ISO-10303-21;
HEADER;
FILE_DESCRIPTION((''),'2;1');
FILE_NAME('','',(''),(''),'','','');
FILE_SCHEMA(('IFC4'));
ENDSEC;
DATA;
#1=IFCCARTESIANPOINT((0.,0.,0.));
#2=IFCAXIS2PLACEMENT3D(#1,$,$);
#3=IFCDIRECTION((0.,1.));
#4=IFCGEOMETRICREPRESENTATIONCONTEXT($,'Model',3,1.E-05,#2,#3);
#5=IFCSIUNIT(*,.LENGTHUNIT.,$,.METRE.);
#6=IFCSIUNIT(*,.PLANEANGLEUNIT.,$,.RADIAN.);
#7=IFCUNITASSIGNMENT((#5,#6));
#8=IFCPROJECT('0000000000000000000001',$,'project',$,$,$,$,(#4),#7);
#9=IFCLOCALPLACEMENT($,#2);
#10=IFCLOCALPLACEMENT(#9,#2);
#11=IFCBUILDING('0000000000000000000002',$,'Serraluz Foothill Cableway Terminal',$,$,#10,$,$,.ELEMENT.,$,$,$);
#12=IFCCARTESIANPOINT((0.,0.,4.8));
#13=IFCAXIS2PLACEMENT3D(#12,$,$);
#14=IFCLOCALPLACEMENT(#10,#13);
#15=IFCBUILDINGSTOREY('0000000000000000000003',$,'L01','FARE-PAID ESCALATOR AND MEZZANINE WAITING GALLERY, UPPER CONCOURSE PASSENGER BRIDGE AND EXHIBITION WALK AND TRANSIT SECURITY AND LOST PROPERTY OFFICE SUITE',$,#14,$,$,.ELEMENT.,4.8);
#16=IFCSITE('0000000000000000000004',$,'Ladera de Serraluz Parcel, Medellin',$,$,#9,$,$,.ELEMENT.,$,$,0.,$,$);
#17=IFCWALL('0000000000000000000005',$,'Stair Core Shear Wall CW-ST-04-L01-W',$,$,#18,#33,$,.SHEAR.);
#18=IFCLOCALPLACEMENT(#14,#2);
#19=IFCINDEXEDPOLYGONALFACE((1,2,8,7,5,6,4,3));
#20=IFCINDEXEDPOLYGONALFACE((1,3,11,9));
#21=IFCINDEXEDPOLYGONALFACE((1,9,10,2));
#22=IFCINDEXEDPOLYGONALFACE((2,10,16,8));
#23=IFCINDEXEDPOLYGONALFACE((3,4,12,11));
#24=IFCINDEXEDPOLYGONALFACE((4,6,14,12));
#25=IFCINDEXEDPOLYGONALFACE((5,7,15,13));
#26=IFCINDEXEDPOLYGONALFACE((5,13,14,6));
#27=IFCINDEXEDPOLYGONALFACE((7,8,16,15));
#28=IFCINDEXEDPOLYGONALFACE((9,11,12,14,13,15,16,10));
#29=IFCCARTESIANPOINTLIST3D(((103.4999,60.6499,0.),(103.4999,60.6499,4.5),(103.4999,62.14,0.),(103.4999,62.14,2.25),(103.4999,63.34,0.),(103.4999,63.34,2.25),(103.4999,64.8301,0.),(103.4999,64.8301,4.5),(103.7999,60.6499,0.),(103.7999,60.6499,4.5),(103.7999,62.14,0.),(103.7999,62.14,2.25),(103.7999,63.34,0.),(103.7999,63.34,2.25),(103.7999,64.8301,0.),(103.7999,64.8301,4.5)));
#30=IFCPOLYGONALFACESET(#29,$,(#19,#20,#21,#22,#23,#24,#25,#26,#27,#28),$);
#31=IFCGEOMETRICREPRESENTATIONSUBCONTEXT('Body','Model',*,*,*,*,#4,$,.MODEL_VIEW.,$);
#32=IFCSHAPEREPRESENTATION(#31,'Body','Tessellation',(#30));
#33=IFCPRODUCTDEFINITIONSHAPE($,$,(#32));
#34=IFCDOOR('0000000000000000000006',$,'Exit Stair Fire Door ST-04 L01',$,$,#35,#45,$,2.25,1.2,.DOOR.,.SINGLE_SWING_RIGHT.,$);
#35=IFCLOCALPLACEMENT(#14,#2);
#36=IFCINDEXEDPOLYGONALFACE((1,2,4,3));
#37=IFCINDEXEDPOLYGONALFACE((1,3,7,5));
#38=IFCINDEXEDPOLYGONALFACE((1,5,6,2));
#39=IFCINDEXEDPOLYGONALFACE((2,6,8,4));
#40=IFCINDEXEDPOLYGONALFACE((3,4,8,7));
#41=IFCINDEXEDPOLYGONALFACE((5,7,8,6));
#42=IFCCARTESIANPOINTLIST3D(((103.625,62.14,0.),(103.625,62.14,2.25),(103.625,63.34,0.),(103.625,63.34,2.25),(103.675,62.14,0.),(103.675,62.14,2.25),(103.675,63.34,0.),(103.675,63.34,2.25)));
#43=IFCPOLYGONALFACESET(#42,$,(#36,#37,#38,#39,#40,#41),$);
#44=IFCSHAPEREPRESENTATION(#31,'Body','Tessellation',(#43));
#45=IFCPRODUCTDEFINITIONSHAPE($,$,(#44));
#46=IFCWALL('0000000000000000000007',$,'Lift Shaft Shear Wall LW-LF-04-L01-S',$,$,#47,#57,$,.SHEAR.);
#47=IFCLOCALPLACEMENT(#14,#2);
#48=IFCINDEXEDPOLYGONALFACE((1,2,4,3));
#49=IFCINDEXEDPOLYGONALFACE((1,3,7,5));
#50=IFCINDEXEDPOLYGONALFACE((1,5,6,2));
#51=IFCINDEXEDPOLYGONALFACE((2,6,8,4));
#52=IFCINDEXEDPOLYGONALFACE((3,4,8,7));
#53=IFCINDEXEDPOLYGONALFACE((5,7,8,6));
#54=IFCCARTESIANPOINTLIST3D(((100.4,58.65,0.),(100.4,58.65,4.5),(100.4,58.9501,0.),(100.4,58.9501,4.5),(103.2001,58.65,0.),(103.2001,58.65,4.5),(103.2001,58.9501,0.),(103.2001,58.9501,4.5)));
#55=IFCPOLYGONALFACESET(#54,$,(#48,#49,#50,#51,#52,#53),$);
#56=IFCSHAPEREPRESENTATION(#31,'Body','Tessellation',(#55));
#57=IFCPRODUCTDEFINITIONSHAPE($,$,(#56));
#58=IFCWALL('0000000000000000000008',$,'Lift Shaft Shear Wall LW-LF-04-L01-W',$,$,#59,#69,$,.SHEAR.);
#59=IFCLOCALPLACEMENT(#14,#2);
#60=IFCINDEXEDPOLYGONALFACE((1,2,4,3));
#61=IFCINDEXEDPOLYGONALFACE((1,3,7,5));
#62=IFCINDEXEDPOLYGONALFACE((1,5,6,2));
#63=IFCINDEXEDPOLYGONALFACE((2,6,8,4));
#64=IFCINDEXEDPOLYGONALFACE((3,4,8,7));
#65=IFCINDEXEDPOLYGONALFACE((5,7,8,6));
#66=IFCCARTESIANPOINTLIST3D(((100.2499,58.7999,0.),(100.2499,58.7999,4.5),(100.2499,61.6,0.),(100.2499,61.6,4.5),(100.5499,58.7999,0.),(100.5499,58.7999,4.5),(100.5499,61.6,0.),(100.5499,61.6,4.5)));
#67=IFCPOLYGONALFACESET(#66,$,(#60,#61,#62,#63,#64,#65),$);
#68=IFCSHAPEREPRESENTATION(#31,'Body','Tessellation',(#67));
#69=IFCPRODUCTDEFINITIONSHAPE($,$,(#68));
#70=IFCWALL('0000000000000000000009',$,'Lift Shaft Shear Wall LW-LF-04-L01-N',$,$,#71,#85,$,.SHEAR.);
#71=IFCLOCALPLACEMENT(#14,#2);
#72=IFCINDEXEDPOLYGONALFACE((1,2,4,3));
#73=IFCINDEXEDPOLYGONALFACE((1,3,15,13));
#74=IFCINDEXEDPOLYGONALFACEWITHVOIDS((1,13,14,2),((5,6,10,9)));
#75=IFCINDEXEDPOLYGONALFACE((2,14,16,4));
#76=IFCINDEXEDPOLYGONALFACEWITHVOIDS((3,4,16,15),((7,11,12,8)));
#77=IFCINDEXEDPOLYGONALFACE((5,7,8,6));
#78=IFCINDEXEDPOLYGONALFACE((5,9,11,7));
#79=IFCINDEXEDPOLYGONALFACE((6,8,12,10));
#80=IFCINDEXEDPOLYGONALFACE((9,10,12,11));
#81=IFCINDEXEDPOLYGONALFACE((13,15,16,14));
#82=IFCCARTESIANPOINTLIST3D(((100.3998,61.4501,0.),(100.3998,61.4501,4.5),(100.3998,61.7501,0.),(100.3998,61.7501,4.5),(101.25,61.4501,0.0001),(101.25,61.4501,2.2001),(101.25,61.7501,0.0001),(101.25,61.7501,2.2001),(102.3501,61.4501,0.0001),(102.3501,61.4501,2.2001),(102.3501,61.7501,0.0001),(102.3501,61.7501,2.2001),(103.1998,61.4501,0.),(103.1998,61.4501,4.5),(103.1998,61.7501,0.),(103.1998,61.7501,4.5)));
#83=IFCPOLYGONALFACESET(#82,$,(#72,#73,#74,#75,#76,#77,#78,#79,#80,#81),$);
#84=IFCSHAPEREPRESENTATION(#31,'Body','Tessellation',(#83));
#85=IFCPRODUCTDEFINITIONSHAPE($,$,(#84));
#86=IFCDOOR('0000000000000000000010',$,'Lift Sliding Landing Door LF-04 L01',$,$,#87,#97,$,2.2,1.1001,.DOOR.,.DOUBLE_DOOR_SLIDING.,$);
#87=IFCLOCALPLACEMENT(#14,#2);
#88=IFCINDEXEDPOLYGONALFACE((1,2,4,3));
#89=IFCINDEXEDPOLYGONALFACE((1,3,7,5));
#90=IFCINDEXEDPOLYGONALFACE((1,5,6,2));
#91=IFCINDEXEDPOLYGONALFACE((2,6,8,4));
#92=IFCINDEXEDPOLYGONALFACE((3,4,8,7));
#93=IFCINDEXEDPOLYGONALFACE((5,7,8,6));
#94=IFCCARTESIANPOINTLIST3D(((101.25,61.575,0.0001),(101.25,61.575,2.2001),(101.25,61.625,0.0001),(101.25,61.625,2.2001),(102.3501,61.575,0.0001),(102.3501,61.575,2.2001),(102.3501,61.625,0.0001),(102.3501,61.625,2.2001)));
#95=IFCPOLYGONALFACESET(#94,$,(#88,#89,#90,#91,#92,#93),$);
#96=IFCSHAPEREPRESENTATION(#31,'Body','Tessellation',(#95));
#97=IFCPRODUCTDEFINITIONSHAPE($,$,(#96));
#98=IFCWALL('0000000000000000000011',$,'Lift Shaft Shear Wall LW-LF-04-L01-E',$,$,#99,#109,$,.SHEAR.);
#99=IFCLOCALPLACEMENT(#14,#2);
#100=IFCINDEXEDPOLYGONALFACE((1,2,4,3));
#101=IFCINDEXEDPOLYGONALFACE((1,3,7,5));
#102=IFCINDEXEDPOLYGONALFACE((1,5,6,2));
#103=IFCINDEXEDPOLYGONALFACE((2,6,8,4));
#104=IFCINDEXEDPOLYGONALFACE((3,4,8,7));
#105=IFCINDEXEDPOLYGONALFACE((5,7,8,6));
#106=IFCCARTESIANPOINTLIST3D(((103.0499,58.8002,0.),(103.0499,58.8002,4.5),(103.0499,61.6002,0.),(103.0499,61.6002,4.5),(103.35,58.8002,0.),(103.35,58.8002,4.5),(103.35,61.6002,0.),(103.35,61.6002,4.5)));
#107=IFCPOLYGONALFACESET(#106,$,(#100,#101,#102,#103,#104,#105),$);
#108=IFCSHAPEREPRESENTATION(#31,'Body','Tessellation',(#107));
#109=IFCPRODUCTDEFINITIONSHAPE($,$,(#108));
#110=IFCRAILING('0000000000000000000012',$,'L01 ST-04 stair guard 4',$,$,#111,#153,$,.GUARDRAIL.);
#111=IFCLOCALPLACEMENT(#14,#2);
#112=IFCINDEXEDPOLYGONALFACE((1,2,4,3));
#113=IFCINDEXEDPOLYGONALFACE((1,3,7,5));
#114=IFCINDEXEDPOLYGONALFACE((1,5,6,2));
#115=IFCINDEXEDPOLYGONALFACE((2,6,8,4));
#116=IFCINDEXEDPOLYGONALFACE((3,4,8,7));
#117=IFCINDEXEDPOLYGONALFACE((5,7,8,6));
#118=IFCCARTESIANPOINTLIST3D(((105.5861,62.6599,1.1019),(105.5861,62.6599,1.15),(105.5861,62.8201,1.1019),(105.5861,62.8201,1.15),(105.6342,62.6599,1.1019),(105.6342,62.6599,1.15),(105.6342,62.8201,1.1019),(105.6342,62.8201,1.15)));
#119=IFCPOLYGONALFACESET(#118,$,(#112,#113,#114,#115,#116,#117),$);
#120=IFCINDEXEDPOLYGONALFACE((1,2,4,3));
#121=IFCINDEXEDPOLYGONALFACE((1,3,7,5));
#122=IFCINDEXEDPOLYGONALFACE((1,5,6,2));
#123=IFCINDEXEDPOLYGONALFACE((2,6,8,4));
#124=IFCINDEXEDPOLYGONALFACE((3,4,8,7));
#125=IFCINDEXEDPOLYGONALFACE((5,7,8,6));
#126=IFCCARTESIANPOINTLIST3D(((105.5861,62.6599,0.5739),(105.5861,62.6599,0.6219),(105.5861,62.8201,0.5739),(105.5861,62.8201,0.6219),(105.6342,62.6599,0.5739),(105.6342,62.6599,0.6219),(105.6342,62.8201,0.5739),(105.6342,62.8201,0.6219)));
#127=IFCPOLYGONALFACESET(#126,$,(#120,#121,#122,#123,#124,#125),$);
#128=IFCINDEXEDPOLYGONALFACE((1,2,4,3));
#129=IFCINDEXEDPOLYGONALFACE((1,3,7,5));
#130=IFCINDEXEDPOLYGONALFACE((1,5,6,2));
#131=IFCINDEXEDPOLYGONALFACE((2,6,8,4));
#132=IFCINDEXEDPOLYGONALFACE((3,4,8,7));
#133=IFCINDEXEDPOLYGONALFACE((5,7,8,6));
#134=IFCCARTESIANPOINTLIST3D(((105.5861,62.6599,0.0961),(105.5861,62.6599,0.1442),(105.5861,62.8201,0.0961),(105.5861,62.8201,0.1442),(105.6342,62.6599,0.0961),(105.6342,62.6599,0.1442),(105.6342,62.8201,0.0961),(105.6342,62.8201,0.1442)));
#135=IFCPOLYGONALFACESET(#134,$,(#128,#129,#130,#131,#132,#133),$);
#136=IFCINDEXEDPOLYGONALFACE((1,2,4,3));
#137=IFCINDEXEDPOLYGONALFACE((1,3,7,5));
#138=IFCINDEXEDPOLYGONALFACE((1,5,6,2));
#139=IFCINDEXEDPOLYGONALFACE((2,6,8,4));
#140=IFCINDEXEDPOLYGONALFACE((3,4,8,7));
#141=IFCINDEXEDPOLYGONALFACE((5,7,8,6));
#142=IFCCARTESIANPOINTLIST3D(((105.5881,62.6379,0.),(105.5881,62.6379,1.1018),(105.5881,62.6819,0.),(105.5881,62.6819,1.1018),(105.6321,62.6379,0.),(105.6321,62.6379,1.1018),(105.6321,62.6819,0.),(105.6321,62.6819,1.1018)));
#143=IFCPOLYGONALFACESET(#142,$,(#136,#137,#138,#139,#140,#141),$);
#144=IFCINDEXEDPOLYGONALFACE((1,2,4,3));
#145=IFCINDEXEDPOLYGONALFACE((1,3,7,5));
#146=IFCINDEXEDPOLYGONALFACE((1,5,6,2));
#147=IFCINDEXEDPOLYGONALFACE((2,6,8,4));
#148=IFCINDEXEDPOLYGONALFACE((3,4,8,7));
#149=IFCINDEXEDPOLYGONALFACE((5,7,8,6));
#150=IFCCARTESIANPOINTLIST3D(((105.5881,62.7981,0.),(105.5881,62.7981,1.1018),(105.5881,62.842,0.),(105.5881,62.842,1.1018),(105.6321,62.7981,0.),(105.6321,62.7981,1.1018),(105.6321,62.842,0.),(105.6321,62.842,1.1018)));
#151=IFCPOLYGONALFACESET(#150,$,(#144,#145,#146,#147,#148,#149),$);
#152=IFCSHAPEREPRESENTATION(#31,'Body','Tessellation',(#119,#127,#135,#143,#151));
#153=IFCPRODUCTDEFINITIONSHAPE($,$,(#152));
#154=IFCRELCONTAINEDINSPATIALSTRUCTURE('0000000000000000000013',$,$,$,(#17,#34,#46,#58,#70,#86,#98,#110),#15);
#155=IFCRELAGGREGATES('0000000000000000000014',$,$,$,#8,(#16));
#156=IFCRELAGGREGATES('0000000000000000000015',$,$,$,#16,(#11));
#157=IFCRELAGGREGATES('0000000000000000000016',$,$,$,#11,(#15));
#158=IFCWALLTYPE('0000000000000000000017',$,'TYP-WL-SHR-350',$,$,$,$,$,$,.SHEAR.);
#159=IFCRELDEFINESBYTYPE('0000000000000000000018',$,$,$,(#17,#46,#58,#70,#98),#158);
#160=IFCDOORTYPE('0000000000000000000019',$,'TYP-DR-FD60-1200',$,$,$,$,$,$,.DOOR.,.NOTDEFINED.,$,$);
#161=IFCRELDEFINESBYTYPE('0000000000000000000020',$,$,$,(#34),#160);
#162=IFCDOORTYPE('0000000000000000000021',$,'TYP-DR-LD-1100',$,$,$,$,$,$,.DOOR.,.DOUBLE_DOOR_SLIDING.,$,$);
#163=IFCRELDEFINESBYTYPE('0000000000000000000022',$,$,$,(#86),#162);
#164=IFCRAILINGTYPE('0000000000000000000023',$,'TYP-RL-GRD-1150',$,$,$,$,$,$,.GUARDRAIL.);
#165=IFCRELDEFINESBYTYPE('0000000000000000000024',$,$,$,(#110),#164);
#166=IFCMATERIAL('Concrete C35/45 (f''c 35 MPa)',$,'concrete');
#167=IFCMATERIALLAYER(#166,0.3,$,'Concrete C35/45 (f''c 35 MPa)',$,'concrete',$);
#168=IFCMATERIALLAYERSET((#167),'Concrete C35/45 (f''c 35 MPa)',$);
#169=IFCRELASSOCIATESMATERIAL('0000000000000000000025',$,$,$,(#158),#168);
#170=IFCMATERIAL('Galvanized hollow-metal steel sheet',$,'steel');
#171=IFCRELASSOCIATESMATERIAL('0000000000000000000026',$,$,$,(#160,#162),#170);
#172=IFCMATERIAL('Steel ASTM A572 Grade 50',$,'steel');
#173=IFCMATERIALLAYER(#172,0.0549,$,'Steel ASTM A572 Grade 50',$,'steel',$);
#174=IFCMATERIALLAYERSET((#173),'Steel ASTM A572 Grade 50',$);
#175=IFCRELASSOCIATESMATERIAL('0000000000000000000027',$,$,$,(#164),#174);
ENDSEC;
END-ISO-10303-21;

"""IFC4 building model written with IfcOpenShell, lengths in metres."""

from ifc_helpers import new_model, si_unit, direction, frame, frame_2d, origin, origin_2d, place, context, subcontext, project, spatial, rectangle, extrude, material, layer, layer_set, type_object, element, fill, save


model = new_model("IFC4")

# Units and contexts
model_context = context("Model", 3, precision=1e-05, world=origin(), true_north=direction((0.0, 1.0)))
body_context = subcontext(model_context, "Body", "Model", "MODEL_VIEW")
ifc_project = project(units=[si_unit("LENGTHUNIT", "METRE"), si_unit("PLANEANGLEUNIT", "RADIAN")], contexts=[model_context])

# Site, building, storey
site_placement = place(None, origin())
site = spatial("IfcSite", under=ifc_project, at=site_placement, Name="Ladera de Serraluz Parcel, Medellin", CompositionType="ELEMENT", RefElevation=0.0)
building_placement = place(site_placement, origin())
building = spatial("IfcBuilding", under=site, at=building_placement, Name="Serraluz Foothill Cableway Terminal", CompositionType="ELEMENT")
storey_placement = place(building_placement, frame((0.0, 0.0, 4.8)))
storey = spatial("IfcBuildingStorey", under=building, at=storey_placement, Name="L01", Description="FARE-PAID ESCALATOR AND MEZZANINE WAITING GALLERY, UPPER CONCOURSE PASSENGER BRIDGE AND EXHIBITION WALK AND TRANSIT SECURITY AND LOST PROPERTY OFFICE SUITE", CompositionType="ELEMENT", Elevation=4.8)

# Wall, opening, door
ifc_material_1 = material(Name="Concrete C35/45 (f'c 35 MPa)", Category="concrete")
ifc_layer_1 = layer(ifc_material_1, 0.3, Name="Concrete C35/45 (f'c 35 MPa)", Category="concrete")
ifc_layer_set_1 = layer_set([ifc_layer_1], Name="Concrete C35/45 (f'c 35 MPa)")
wall_type_1 = type_object("IfcWallType", Name="TYP-WL-SHR-350", PredefinedType="SHEAR", material=ifc_layer_set_1)
wall_1_placement = place(storey_placement, frame((103.6499, 60.6499, 0.0), z_axis=(0.0, 0.0, 1.0), x_axis=(0.0, 1.0, 0.0)))
wall_1 = element("IfcWall", 1, at=wall_1_placement, inside=storey, type_object=wall_type_1, Name="Stair Core Shear Wall CW-ST-04-L01-W", PredefinedType="SHEAR", context=body_context, shape_type="SweptSolid", body=[
    extrude(rectangle(XDim=4.1802, YDim=0.3, at=frame_2d((2.0901, 0.0))), origin(), (0.0, 0.0, 1.0), 4.5),
])
opening_1_placement = place(wall_1_placement, frame((1.49, 0.0, 0.0)))
opening_1 = element("IfcOpeningElement", 2, at=opening_1_placement, cuts=wall_1, PredefinedType="OPENING", context=body_context, shape_type="SweptSolid", body=[
    extrude(rectangle(XDim=1.2, YDim=2.25, at=frame_2d((0.6001, 1.125))), frame((0.0, 0.1602, 0.0), z_axis=(0.0, -1.0, 0.0), x_axis=(1.0, 0.0, 0.0)), (0.0, 0.0, 1.0), 0.3201),
])
ifc_material_2 = material(Name="Galvanized hollow-metal steel sheet", Category="steel")
door_type_1 = type_object("IfcDoorType", Name="TYP-DR-FD60-1200", OperationType="NOTDEFINED", PredefinedType="DOOR", material=ifc_material_2)
door_1_placement = place(opening_1_placement, origin())
door_1 = element("IfcDoor", 3, at=door_1_placement, inside=storey, type_object=door_type_1, Name="Exit Stair Fire Door ST-04 L01", OperationType="SINGLE_SWING_RIGHT", OverallHeight=2.25, OverallWidth=1.2, PredefinedType="DOOR", context=body_context, shape_type="SweptSolid", body=[
    extrude(rectangle(XDim=1.2, YDim=2.25, at=frame_2d((0.6001, 1.125))), frame((0.0, 0.0249, 0.0), z_axis=(0.0, -1.0, 0.0), x_axis=(1.0, 0.0, 0.0)), (0.0, 0.0, 1.0), 0.05),
])
fill(opening_1, door_1)

# Walls
for number, where, z_axis, x_axis, name in (
    (4, (103.2, 58.8, 0.0), (0.0, 0.0, 1.0), (-1.0, 0.0, 0.0), "Lift Shaft Shear Wall LW-LF-04-L01-S"),
    (5, (100.3999, 58.8, 0.0), (0.0, 0.0, 1.0), (0.0, 1.0, 0.0), "Lift Shaft Shear Wall LW-LF-04-L01-W"),
):
    element("IfcWall", number, at=place(storey_placement, frame(where, z_axis=z_axis, x_axis=x_axis)), inside=storey, type_object=wall_type_1, Name=name, PredefinedType="SHEAR", context=body_context, shape_type="SweptSolid", body=[
        extrude(rectangle(XDim=2.8, YDim=0.3, at=frame_2d((1.3999, 0.0))), origin(), (0.0, 0.0, 1.0), 4.5),
    ])

# Wall, opening, door
wall_2_placement = place(storey_placement, frame((100.3999, 61.6001, 0.0), z_axis=(0.0, 0.0, 1.0), x_axis=(1.0, 0.0, 0.0)))
wall_2 = element("IfcWall", 6, at=wall_2_placement, inside=storey, type_object=wall_type_1, Name="Lift Shaft Shear Wall LW-LF-04-L01-N", PredefinedType="SHEAR", context=body_context, shape_type="SweptSolid", body=[
    extrude(rectangle(XDim=2.8, YDim=0.3, at=frame_2d((1.3999, 0.0))), origin(), (0.0, 0.0, 1.0), 4.5),
])
opening_2_placement = place(wall_2_placement, frame((0.8501, 0.0, 0.0)))
opening_2 = element("IfcOpeningElement", 7, at=opening_2_placement, cuts=wall_2, PredefinedType="OPENING", context=body_context, shape_type="SweptSolid", body=[
    extrude(rectangle(XDim=1.1001, YDim=2.2, at=frame_2d((0.55, 1.1001))), frame((0.0, 0.1602, 0.0), z_axis=(0.0, -1.0, 0.0), x_axis=(1.0, 0.0, 0.0)), (0.0, 0.0, 1.0), 0.3201),
])
door_type_2 = type_object("IfcDoorType", Name="TYP-DR-LD-1100", OperationType="DOUBLE_DOOR_SLIDING", PredefinedType="DOOR", material=ifc_material_2)
door_2_placement = place(opening_2_placement, origin())
door_2 = element("IfcDoor", 8, at=door_2_placement, inside=storey, type_object=door_type_2, Name="Lift Sliding Landing Door LF-04 L01", OperationType="DOUBLE_DOOR_SLIDING", OverallHeight=2.2, OverallWidth=1.1001, PredefinedType="DOOR", context=body_context, shape_type="SweptSolid", body=[
    extrude(rectangle(XDim=1.1001, YDim=2.2, at=frame_2d((0.55, 1.1001))), frame((0.0, 0.0249, 0.0), z_axis=(0.0, -1.0, 0.0), x_axis=(1.0, 0.0, 0.0)), (0.0, 0.0, 1.0), 0.05),
])
fill(opening_2, door_2)

# Wall
wall_3_placement = place(storey_placement, frame((103.2, 61.6001, 0.0), z_axis=(0.0, 0.0, 1.0), x_axis=(0.0, -1.0, 0.0)))
element("IfcWall", 9, at=wall_3_placement, inside=storey, type_object=wall_type_1, Name="Lift Shaft Shear Wall LW-LF-04-L01-E", PredefinedType="SHEAR", context=body_context, shape_type="SweptSolid", body=[
    extrude(rectangle(XDim=2.8, YDim=0.3, at=frame_2d((1.3999, 0.0))), origin(), (0.0, 0.0, 1.0), 4.5),
])

# Railing
ifc_material_3 = material(Name="Steel ASTM A572 Grade 50", Category="steel")
ifc_layer_2 = layer(ifc_material_3, 0.0549, Name="Steel ASTM A572 Grade 50", Category="steel")
ifc_layer_set_2 = layer_set([ifc_layer_2], Name="Steel ASTM A572 Grade 50")
railing_type = type_object("IfcRailingType", Name="TYP-RL-GRD-1150", PredefinedType="GUARDRAIL", material=ifc_layer_set_2)
railing_placement = place(storey_placement, frame((105.6101, 62.6599, 0.0)))
element("IfcRailing", 10, at=railing_placement, inside=storey, type_object=railing_type, Name="L01 ST-04 stair guard 4", PredefinedType="GUARDRAIL", context=body_context, shape_type="SweptSolid", body=[
    extrude(rectangle(XDim=0.0481, YDim=0.0481, at=origin_2d()), frame((0.0, 0.0, 1.126), z_axis=(0.0, 1.0, 0.0), x_axis=(-1.0, 0.0, 0.0)), (0.0, 0.0, 1.0), 0.1602),
    extrude(rectangle(XDim=0.0481, YDim=0.0481, at=origin_2d()), frame((0.0, 0.0, 0.5979), z_axis=(0.0, 1.0, 0.0), x_axis=(-1.0, 0.0, 0.0)), (0.0, 0.0, 1.0), 0.1602),
    extrude(rectangle(XDim=0.0481, YDim=0.0481, at=origin_2d()), frame((0.0, 0.0, 0.1201), z_axis=(0.0, 1.0, 0.0), x_axis=(-1.0, 0.0, 0.0)), (0.0, 0.0, 1.0), 0.1602),
    extrude(rectangle(XDim=0.0439, YDim=0.0439, at=origin_2d()), origin(), (0.0, 0.0, 1.0), 1.1018),
    extrude(rectangle(XDim=0.0439, YDim=0.0439, at=origin_2d()), frame((0.0, 0.1602, 0.0)), (0.0, 0.0, 1.0), 1.1018),
])

save(model, "model.ifc")
